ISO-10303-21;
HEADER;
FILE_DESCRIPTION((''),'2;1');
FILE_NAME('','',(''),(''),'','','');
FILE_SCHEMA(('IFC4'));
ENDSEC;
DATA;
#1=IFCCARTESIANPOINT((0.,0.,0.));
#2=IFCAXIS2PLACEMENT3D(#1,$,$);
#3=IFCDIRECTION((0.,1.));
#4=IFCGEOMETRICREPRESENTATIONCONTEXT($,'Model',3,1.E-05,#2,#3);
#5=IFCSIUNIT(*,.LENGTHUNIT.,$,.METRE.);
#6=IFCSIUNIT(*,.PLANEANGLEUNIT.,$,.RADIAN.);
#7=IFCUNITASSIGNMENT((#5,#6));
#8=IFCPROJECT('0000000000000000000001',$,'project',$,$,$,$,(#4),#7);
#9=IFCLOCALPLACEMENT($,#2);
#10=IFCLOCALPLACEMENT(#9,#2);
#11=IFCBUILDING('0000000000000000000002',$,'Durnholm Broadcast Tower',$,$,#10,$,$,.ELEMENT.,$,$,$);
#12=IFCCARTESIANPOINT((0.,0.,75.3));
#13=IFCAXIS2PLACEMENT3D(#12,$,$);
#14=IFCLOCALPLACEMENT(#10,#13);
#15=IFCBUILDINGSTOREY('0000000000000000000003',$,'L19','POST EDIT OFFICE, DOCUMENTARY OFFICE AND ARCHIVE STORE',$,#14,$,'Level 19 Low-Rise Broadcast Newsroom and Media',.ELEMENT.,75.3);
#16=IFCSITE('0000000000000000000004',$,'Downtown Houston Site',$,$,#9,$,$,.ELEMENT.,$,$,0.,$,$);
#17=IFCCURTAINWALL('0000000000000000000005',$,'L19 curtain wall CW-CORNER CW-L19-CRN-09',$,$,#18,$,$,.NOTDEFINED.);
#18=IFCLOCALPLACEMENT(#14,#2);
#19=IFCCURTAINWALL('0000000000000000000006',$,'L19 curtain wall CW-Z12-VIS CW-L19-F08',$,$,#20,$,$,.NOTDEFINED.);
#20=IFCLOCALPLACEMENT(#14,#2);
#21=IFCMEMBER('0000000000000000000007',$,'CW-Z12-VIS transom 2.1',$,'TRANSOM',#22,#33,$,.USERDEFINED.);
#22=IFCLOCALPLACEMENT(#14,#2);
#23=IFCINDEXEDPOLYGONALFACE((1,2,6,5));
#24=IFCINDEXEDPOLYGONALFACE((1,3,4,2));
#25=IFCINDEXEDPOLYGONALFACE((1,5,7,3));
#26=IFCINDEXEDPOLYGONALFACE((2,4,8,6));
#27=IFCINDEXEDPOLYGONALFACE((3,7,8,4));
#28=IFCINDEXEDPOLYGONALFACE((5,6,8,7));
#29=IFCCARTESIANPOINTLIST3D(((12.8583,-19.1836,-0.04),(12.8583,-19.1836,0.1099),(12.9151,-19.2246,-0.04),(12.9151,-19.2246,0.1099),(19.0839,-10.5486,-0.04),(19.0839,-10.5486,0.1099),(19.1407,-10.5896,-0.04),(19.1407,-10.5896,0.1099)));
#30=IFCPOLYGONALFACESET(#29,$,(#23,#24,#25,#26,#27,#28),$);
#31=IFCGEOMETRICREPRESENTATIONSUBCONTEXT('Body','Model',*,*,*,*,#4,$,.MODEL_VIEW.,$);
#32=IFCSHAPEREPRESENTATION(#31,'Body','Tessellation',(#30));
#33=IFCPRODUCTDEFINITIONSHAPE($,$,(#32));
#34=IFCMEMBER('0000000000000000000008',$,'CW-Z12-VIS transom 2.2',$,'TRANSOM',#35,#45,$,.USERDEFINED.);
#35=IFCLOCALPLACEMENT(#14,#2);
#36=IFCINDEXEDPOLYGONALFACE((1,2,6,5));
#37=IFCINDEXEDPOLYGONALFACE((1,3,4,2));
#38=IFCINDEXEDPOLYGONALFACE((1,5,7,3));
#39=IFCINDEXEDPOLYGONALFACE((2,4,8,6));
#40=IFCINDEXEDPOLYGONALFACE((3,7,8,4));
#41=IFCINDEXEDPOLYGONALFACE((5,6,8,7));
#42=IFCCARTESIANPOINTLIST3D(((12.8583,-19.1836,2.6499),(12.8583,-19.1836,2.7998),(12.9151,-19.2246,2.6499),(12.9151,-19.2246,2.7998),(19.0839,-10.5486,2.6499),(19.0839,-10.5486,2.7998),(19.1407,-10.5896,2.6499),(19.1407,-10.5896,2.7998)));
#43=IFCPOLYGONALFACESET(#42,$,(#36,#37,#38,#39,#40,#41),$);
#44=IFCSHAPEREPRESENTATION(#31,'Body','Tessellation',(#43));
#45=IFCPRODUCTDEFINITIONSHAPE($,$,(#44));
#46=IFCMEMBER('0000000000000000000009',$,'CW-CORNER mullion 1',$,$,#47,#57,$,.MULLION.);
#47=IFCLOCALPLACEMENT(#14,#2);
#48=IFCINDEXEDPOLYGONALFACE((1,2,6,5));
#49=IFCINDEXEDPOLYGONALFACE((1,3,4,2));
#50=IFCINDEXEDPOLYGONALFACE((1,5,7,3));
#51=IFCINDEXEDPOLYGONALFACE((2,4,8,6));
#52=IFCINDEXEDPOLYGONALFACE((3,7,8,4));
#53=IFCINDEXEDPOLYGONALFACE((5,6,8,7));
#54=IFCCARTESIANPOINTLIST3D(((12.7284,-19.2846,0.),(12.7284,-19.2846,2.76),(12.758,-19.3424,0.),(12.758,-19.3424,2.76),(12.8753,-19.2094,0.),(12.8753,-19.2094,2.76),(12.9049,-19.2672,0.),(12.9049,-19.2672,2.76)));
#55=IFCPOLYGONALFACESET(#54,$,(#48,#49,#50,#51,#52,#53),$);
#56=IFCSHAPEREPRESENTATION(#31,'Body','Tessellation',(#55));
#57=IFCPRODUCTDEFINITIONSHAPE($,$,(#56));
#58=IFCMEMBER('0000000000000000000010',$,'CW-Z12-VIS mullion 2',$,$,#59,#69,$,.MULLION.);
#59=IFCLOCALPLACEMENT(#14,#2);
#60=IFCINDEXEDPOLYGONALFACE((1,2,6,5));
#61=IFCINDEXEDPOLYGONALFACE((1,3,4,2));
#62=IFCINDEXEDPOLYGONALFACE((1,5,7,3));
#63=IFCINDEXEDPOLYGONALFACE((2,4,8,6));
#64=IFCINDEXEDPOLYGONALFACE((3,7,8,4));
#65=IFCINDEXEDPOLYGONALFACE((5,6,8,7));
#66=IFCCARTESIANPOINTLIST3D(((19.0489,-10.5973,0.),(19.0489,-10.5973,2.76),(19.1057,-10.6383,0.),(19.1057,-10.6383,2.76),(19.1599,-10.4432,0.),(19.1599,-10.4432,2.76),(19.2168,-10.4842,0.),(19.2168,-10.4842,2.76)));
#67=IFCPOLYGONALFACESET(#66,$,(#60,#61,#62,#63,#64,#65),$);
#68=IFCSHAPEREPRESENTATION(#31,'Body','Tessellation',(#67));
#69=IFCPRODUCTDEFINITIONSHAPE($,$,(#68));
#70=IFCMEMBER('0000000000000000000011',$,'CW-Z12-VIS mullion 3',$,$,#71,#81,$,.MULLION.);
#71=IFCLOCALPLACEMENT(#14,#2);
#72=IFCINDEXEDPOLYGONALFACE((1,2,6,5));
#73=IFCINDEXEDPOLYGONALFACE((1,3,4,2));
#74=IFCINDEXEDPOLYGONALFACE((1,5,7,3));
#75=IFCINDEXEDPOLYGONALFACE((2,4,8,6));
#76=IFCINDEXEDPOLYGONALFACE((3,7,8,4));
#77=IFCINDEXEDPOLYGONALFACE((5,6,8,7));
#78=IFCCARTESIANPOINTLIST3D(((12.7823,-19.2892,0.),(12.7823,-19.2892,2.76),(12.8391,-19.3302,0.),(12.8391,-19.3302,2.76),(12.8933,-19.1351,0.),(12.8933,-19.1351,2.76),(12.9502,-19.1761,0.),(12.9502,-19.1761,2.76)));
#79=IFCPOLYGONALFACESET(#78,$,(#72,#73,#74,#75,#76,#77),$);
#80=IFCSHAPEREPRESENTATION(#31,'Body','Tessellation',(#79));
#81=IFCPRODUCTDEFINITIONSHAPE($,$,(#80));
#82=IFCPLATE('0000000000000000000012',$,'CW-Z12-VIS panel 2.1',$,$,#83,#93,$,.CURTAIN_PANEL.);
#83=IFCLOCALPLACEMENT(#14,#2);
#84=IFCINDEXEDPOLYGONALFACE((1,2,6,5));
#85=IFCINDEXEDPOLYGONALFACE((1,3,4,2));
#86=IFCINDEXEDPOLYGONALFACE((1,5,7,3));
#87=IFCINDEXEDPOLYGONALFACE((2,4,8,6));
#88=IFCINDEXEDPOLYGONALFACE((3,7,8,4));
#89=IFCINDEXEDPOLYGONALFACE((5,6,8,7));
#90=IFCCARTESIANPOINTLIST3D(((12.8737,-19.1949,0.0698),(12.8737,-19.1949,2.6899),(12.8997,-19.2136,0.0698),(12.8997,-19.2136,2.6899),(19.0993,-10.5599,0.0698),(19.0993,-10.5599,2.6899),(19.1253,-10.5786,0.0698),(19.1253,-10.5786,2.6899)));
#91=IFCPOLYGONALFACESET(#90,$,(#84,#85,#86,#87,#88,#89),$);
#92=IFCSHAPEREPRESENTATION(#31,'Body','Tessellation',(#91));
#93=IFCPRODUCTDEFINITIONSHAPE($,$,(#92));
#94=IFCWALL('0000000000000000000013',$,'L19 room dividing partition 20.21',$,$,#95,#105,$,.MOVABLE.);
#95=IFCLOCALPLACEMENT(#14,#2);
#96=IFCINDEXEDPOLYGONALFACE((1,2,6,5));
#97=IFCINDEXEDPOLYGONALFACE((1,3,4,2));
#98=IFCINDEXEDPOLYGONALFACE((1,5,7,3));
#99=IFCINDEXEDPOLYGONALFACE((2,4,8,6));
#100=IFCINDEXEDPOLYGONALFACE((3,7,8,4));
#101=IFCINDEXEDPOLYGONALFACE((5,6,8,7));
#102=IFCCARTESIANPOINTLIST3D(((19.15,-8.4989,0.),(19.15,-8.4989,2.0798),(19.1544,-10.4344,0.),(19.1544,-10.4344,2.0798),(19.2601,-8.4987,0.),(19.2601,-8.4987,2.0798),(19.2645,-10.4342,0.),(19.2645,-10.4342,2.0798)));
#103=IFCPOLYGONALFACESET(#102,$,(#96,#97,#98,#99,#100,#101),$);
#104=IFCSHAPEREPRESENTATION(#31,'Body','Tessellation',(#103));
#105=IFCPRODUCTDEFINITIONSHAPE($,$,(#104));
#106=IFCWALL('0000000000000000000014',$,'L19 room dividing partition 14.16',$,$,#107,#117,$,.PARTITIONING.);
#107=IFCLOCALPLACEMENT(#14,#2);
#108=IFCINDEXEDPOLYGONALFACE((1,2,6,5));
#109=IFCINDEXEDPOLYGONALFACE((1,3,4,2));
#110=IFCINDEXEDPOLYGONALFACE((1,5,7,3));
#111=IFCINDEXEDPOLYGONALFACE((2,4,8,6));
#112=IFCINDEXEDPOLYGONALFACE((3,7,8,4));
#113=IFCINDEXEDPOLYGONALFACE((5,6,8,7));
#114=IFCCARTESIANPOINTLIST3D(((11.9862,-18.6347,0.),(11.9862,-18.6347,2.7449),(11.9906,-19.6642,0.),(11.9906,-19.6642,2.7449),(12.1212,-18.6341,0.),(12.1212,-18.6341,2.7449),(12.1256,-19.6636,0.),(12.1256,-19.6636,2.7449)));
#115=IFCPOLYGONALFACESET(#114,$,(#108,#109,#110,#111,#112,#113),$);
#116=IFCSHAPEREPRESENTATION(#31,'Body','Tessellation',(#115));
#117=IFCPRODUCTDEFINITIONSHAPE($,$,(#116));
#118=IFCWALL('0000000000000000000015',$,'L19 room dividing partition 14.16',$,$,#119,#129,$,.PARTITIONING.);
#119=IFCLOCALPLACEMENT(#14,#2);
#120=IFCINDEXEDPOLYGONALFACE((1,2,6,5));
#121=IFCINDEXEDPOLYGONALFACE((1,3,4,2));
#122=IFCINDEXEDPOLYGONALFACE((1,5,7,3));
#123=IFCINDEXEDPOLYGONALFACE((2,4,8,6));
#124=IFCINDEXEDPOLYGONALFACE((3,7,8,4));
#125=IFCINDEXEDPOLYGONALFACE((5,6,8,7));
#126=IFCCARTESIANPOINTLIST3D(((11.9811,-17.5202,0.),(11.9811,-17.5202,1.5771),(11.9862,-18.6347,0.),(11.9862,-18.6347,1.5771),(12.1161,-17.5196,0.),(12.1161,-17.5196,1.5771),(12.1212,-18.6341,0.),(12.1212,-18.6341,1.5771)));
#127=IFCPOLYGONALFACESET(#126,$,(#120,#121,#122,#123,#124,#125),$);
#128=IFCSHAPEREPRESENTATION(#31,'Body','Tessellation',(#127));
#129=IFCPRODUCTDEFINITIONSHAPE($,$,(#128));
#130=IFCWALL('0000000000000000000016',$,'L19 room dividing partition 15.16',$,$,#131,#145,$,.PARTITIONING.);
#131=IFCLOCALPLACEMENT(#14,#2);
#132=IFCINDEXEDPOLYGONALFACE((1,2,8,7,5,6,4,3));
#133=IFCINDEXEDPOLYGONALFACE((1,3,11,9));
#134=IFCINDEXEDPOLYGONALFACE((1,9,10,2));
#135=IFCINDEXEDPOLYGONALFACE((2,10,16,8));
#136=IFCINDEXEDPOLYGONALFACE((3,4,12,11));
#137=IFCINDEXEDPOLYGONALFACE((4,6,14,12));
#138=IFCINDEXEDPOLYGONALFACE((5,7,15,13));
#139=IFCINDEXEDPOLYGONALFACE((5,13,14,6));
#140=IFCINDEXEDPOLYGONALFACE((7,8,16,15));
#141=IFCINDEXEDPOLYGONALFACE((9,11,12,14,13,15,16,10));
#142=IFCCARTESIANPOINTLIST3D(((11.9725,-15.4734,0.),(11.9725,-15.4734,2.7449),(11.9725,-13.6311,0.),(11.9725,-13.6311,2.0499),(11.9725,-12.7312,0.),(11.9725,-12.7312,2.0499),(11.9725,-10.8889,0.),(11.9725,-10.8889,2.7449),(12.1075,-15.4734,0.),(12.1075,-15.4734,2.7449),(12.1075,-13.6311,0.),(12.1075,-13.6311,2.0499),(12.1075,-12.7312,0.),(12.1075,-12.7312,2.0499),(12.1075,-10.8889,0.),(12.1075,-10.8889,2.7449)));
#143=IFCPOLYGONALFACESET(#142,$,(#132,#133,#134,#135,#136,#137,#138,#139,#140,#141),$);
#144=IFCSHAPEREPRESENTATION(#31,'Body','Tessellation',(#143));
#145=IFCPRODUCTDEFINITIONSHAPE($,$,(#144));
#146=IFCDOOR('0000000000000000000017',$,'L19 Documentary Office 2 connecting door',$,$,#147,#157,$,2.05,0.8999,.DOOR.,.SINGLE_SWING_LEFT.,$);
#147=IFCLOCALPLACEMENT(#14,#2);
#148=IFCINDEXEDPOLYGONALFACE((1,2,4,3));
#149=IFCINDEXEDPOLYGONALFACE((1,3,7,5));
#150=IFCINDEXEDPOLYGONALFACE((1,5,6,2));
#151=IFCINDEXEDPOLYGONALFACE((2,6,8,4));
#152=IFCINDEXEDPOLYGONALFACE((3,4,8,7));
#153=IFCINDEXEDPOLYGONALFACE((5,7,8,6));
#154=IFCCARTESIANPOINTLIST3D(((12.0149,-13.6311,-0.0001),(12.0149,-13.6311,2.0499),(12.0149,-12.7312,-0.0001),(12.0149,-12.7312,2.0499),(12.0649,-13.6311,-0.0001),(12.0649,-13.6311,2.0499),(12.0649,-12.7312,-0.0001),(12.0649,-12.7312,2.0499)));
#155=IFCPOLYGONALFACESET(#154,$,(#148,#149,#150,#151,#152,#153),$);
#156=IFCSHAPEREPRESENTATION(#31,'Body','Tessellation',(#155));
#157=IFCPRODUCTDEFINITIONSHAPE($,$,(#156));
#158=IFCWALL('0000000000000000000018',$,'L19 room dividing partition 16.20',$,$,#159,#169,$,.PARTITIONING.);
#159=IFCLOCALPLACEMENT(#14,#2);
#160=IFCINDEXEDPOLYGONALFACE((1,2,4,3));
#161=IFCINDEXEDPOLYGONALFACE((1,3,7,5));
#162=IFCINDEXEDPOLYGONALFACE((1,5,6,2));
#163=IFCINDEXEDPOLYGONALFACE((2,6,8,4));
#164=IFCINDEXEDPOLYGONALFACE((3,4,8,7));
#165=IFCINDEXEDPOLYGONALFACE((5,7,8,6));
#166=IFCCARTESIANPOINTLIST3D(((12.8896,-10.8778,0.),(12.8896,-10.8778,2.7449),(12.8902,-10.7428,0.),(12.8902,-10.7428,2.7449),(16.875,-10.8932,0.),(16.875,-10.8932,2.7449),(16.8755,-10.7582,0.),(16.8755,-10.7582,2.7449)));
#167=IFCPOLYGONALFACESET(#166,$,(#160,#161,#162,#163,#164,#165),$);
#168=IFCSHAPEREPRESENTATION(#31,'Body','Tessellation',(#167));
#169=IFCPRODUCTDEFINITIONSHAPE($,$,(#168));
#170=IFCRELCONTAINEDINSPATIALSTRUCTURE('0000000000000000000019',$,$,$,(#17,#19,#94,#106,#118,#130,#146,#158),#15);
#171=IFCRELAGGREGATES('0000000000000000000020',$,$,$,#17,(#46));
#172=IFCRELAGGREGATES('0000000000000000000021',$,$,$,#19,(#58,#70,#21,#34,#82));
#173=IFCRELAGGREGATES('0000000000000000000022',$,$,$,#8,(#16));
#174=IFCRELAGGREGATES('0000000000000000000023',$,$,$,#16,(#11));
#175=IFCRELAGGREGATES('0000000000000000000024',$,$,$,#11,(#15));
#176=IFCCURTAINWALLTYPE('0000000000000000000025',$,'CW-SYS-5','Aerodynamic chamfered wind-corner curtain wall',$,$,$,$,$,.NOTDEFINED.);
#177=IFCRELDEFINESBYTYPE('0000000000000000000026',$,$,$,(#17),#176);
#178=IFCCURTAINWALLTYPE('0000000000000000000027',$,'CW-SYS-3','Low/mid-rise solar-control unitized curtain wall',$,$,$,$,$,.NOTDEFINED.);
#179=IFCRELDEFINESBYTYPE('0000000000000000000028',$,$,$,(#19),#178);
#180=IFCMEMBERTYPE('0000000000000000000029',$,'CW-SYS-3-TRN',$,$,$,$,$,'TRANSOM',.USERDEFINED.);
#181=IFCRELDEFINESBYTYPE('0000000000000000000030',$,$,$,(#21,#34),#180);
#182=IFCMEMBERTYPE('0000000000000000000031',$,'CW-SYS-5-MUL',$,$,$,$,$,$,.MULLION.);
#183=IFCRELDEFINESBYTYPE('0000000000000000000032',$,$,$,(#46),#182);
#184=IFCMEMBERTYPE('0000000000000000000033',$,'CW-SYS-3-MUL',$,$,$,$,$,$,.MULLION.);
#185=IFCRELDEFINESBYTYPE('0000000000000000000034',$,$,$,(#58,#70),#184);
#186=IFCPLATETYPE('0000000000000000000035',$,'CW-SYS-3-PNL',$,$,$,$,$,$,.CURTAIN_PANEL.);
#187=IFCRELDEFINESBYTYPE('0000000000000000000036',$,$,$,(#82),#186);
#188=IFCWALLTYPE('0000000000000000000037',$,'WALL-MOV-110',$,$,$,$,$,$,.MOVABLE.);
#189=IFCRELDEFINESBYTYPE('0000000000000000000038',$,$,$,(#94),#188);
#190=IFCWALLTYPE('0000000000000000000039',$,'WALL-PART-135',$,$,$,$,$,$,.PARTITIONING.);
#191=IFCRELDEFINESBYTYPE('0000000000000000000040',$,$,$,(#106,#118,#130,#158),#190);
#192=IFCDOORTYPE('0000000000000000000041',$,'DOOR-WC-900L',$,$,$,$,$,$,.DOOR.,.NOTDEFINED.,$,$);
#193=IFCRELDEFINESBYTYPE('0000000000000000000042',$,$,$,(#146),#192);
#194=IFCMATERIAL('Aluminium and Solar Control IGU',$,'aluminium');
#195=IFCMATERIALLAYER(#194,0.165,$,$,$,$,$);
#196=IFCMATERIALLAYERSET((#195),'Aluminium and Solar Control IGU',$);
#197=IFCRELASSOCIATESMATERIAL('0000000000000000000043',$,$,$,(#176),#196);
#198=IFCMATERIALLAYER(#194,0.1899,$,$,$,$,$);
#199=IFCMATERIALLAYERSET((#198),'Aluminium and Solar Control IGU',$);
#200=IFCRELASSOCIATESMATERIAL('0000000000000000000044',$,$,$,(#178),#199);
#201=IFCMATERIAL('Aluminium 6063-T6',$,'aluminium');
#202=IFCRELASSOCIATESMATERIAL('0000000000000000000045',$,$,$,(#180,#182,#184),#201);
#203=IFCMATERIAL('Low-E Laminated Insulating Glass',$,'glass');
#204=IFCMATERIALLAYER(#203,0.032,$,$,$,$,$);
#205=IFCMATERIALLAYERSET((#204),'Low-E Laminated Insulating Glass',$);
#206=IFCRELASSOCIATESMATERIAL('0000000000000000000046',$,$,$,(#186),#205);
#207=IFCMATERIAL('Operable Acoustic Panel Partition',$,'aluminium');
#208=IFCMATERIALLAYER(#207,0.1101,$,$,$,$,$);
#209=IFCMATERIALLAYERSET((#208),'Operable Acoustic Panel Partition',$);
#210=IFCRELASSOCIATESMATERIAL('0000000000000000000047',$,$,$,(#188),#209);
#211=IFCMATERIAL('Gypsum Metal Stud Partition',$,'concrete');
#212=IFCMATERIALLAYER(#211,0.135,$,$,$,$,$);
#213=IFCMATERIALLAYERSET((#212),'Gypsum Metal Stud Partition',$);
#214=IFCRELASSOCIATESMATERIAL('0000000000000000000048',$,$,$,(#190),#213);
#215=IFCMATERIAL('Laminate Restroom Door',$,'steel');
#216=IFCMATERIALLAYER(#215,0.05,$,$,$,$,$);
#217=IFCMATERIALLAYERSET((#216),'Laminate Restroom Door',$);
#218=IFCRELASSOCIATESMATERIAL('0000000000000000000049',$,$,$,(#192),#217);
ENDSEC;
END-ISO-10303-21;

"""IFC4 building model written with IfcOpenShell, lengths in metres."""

from ifc_helpers import new_model, si_unit, direction, frame, frame_2d, origin, origin_2d, place, context, subcontext, project, spatial, rectangle, extrude, source, transform, mapped, material, layer, layer_set, material_profile, profile_set, type_object, type_shapes, element, fill, aggregate, save


model = new_model("IFC4")

# Units and contexts
model_context = context("Model", 3, precision=1e-05, world=origin(), true_north=direction((0.0, 1.0)))
body_context = subcontext(model_context, "Body", "Model", "MODEL_VIEW")
ifc_project = project(units=[si_unit("LENGTHUNIT", "METRE"), si_unit("PLANEANGLEUNIT", "RADIAN")], contexts=[model_context])

# Site, building, storey
site_placement = place(None, origin())
site = spatial("IfcSite", under=ifc_project, at=site_placement, Name="Downtown Houston Site", CompositionType="ELEMENT", RefElevation=0.0)
building_placement = place(site_placement, origin())
building = spatial("IfcBuilding", under=site, at=building_placement, Name="Durnholm Broadcast Tower", CompositionType="ELEMENT")
storey_placement = place(building_placement, frame((0.0, 0.0, 75.3)))
storey = spatial("IfcBuildingStorey", under=building, at=storey_placement, Name="L19", Description="POST EDIT OFFICE, DOCUMENTARY OFFICE AND ARCHIVE STORE", LongName="Level 19 Low-Rise Broadcast Newsroom and Media", CompositionType="ELEMENT", Elevation=75.3)

# Curtain walls, members
ifc_material_1 = material(Name="Aluminium and Solar Control IGU", Category="aluminium")
ifc_layer_1 = layer(ifc_material_1, 0.165)
ifc_layer_set_1 = layer_set([ifc_layer_1], Name="Aluminium and Solar Control IGU")
curtain_wall_type_1 = type_object("IfcCurtainWallType", Name="CW-SYS-5", Description="Aerodynamic chamfered wind-corner curtain wall", PredefinedType="NOTDEFINED", material=ifc_layer_set_1)
curtain_wall_1_placement = place(storey_placement, origin())
curtain_wall_1 = element("IfcCurtainWall", 1, at=curtain_wall_1_placement, inside=storey, type_object=curtain_wall_type_1, Name="L19 curtain wall CW-CORNER CW-L19-CRN-09", PredefinedType="NOTDEFINED")
ifc_material_2 = material(Name="Aluminium 6063-T6", Category="aluminium")
ifc_layer_2 = layer(ifc_material_1, 0.1899)
ifc_layer_set_2 = layer_set([ifc_layer_2], Name="Aluminium and Solar Control IGU")
curtain_wall_type_2 = type_object("IfcCurtainWallType", Name="CW-SYS-3", Description="Low/mid-rise solar-control unitized curtain wall", PredefinedType="NOTDEFINED", material=ifc_layer_set_2)
curtain_wall_2_placement = place(storey_placement, origin())
curtain_wall_2 = element("IfcCurtainWall", 2, at=curtain_wall_2_placement, inside=storey, type_object=curtain_wall_type_2, Name="L19 curtain wall CW-Z12-VIS CW-L19-F08", PredefinedType="NOTDEFINED")
ifc_material_profile_1 = material_profile(ifc_material_2, rectangle(XDim=0.0701, YDim=0.1499, at=origin_2d()), Name="CWT70X150")
ifc_profile_set_1 = profile_set([ifc_material_profile_1], Name="Aluminium 6063-T6")
member_type_1 = type_object("IfcMemberType", Name="CW-SYS-3-TRN", ElementType="TRANSOM", PredefinedType="USERDEFINED", material=ifc_profile_set_1)
shared_shape_1 = source(origin(), body_context, "Body", "SweptSolid", [
    extrude(rectangle(XDim=0.0701, YDim=0.1499, at=origin_2d()), origin(), (0.0, 0.0, 1.0), 10.6453),
])
type_shapes(member_type_1, [shared_shape_1])
member_1_placement = place(storey_placement, frame((19.1123, -10.5691, 0.0349), z_axis=(-0.584823, -0.811161, 0.0), x_axis=(0.811161, -0.584823, 0.0)))
member_1 = element("IfcMember", 3, at=member_1_placement, type_object=member_type_1, Name="CW-Z12-VIS transom 2.1", ObjectType="TRANSOM", PredefinedType="USERDEFINED", context=body_context, shape_type="MappedRepresentation", body=[
    mapped(shared_shape_1, transform((0.0, 0.0, 0.0), x_axis=(1.0, 0.0, 0.0), y_axis=(0.0, 1.0, 0.0), z_axis=(0.0, 0.0, 1.0), scale=1.0)),
])
member_2_placement = place(storey_placement, frame((19.1123, -10.5691, 2.7249), z_axis=(-0.584823, -0.811161, 0.0), x_axis=(0.811161, -0.584823, 0.0)))
member_2 = element("IfcMember", 4, at=member_2_placement, type_object=member_type_1, Name="CW-Z12-VIS transom 2.2", ObjectType="TRANSOM", PredefinedType="USERDEFINED", context=body_context, shape_type="MappedRepresentation", body=[
    mapped(shared_shape_1, transform((0.0, 0.0, 0.0), x_axis=(1.0, 0.0, 0.0), y_axis=(0.0, 1.0, 0.0), z_axis=(0.0, 0.0, 1.0), scale=1.0)),
])

# Members
ifc_material_profile_2 = material_profile(ifc_material_2, rectangle(XDim=0.0649, YDim=0.165, at=origin_2d()), Name="CWM65X165")
ifc_profile_set_2 = profile_set([ifc_material_profile_2], Name="Aluminium 6063-T6")
member_type_2 = type_object("IfcMemberType", Name="CW-SYS-5-MUL", PredefinedType="MULLION", material=ifc_profile_set_2)
shared_shape_2 = source(origin(), body_context, "Body", "SweptSolid", [
    extrude(rectangle(XDim=0.0649, YDim=0.165, at=origin_2d()), origin(), (0.0, 0.0, 1.0), 2.76),
])
type_shapes(member_type_2, [shared_shape_2])
member_3_placement = place(storey_placement, frame((12.8167, -19.2759, 0.0), z_axis=(0.0, 0.0, 1.0), x_axis=(0.455594, -0.890188, 0.0)))
member_3 = element("IfcMember", 5, at=member_3_placement, type_object=member_type_2, Name="CW-CORNER mullion 1", PredefinedType="MULLION", context=body_context, shape_type="MappedRepresentation", body=[
    mapped(shared_shape_2, transform((0.0, 0.0, 0.0), x_axis=(1.0, 0.0, 0.0), y_axis=(0.0, 1.0, 0.0), z_axis=(0.0, 0.0, 1.0), scale=1.0)),
])
aggregate(curtain_wall_1, [member_3])
ifc_material_profile_3 = material_profile(ifc_material_2, rectangle(XDim=0.0701, YDim=0.1899, at=origin_2d()), Name="CWM70X190")
ifc_profile_set_3 = profile_set([ifc_material_profile_3], Name="Aluminium 6063-T6")
member_type_3 = type_object("IfcMemberType", Name="CW-SYS-3-MUL", PredefinedType="MULLION", material=ifc_profile_set_3)
shared_shape_3 = source(origin(), body_context, "Body", "SweptSolid", [
    extrude(rectangle(XDim=0.0701, YDim=0.1899, at=origin_2d()), origin(), (0.0, 0.0, 1.0), 2.76),
])
type_shapes(member_type_3, [shared_shape_3])
member_4_placement = place(storey_placement, frame((19.1328, -10.5408, 0.0), z_axis=(0.0, 0.0, 1.0), x_axis=(0.811161, -0.584823, 0.0)))
member_4 = element("IfcMember", 6, at=member_4_placement, type_object=member_type_3, Name="CW-Z12-VIS mullion 2", PredefinedType="MULLION", context=body_context, shape_type="MappedRepresentation", body=[
    mapped(shared_shape_3, transform((0.0, 0.0, 0.0), x_axis=(1.0, 0.0, 0.0), y_axis=(0.0, 1.0, 0.0), z_axis=(0.0, 0.0, 1.0), scale=1.0)),
])
member_5_placement = place(storey_placement, frame((12.8662, -19.2327, 0.0), z_axis=(0.0, 0.0, 1.0), x_axis=(0.811161, -0.584823, 0.0)))
member_5 = element("IfcMember", 7, at=member_5_placement, type_object=member_type_3, Name="CW-Z12-VIS mullion 3", PredefinedType="MULLION", context=body_context, shape_type="MappedRepresentation", body=[
    mapped(shared_shape_3, transform((0.0, 0.0, 0.0), x_axis=(1.0, 0.0, 0.0), y_axis=(0.0, 1.0, 0.0), z_axis=(0.0, 0.0, 1.0), scale=1.0)),
])

# Plate
ifc_material_3 = material(Name="Low-E Laminated Insulating Glass", Category="glass")
ifc_layer_3 = layer(ifc_material_3, 0.032)
ifc_layer_set_3 = layer_set([ifc_layer_3], Name="Low-E Laminated Insulating Glass")
plate_type = type_object("IfcPlateType", Name="CW-SYS-3-PNL", PredefinedType="CURTAIN_PANEL", material=ifc_layer_set_3)
shared_shape_4 = source(origin(), body_context, "Body", "SweptSolid", [
    extrude(rectangle(XDim=10.6453, YDim=0.032, at=origin_2d()), origin(), (0.0, 0.0, 1.0), 2.6201),
])
type_shapes(plate_type, [shared_shape_4])
plate_placement = place(storey_placement, frame((15.9995, -14.8867, 0.0698), z_axis=(0.0, 0.0, 1.0), x_axis=(-0.584823, -0.811161, 0.0)))
plate = element("IfcPlate", 8, at=plate_placement, type_object=plate_type, Name="CW-Z12-VIS panel 2.1", PredefinedType="CURTAIN_PANEL", context=body_context, shape_type="MappedRepresentation", body=[
    mapped(shared_shape_4, transform((0.0, 0.0, 0.0), x_axis=(1.0, 0.0, 0.0), y_axis=(0.0, 1.0, 0.0), z_axis=(0.0, 0.0, 1.0), scale=1.0)),
])
aggregate(curtain_wall_2, [member_4, member_5, member_1, member_2, plate])

# Walls
ifc_material_4 = material(Name="Operable Acoustic Panel Partition", Category="aluminium")
ifc_layer_4 = layer(ifc_material_4, 0.1101)
ifc_layer_set_4 = layer_set([ifc_layer_4], Name="Operable Acoustic Panel Partition")
wall_type_1 = type_object("IfcWallType", Name="WALL-MOV-110", PredefinedType="MOVABLE", material=ifc_layer_set_4)
wall_1_placement = place(storey_placement, frame((19.2051, -8.4988, 0.0), z_axis=(0.0, 0.0, 1.0), x_axis=(0.00227, -0.999997, 0.0)))
element("IfcWall", 9, at=wall_1_placement, inside=storey, type_object=wall_type_1, Name="L19 room dividing partition 20.21", PredefinedType="MOVABLE", context=body_context, shape_type="SweptSolid", body=[
    extrude(rectangle(XDim=1.9355, YDim=0.1101, at=frame_2d((0.9678, 0.0))), origin(), (0.0, 0.0, 1.0), 2.0798),
])
ifc_material_5 = material(Name="Gypsum Metal Stud Partition", Category="concrete")
ifc_layer_5 = layer(ifc_material_5, 0.135)
ifc_layer_set_5 = layer_set([ifc_layer_5], Name="Gypsum Metal Stud Partition")
wall_type_2 = type_object("IfcWallType", Name="WALL-PART-135", PredefinedType="PARTITIONING", material=ifc_layer_set_5)
wall_2_placement = place(storey_placement, frame((12.0537, -18.6345, 0.0), z_axis=(0.0, 0.0, 1.0), x_axis=(0.004268, -0.999991, 0.0)))
element("IfcWall", 10, at=wall_2_placement, inside=storey, type_object=wall_type_2, Name="L19 room dividing partition 14.16", PredefinedType="PARTITIONING", context=body_context, shape_type="SweptSolid", body=[
    extrude(rectangle(XDim=1.0295, YDim=0.135, at=frame_2d((0.5146, 0.0))), origin(), (0.0, 0.0, 1.0), 2.7449),
])
wall_3_placement = place(storey_placement, frame((12.0486, -17.52, 0.0), z_axis=(0.0, 0.0, 1.0), x_axis=(0.0046, -0.999989, 0.0)))
element("IfcWall", 11, at=wall_3_placement, inside=storey, type_object=wall_type_2, Name="L19 room dividing partition 14.16", PredefinedType="PARTITIONING", context=body_context, shape_type="SweptSolid", body=[
    extrude(rectangle(XDim=1.1145, YDim=0.135, at=frame_2d((0.5571, 0.0))), origin(), (0.0, 0.0, 1.0), 1.5771),
])

# Wall, opening, door
wall_4_placement = place(storey_placement, frame((12.04, -10.8889, 0.0), z_axis=(0.0, 0.0, 1.0), x_axis=(0.0, -1.0, 0.0)))
wall_4 = element("IfcWall", 12, at=wall_4_placement, inside=storey, type_object=wall_type_2, Name="L19 room dividing partition 15.16", PredefinedType="PARTITIONING", context=body_context, shape_type="SweptSolid", body=[
    extrude(rectangle(XDim=4.5845, YDim=0.135, at=frame_2d((2.2922, 0.0))), origin(), (0.0, 0.0, 1.0), 2.7449),
])
opening_1_placement = place(wall_4_placement, frame((1.8423, 0.0, 0.0)))
opening_1 = element("IfcOpeningElement", 13, at=opening_1_placement, cuts=wall_4, PredefinedType="OPENING", context=body_context, shape_type="SweptSolid", body=[
    extrude(rectangle(XDim=0.8999, YDim=2.05, at=frame_2d((0.45, 1.0249))), frame((0.0, 0.0776, 0.0), z_axis=(0.0, -1.0, 0.0), x_axis=(1.0, 0.0, 0.0)), (0.0, 0.0, 1.0), 0.155),
])
ifc_material_6 = material(Name="Laminate Restroom Door", Category="steel")
ifc_layer_6 = layer(ifc_material_6, 0.05)
ifc_layer_set_6 = layer_set([ifc_layer_6], Name="Laminate Restroom Door")
door_type_1 = type_object("IfcDoorType", Name="DOOR-WC-900L", OperationType="NOTDEFINED", PredefinedType="DOOR", material=ifc_layer_set_6)
shared_shape_5 = source(origin(), body_context, "Body", "SweptSolid", [
    extrude(rectangle(XDim=0.8999, YDim=2.05, at=frame_2d((0.45, 1.0249))), frame((0.0, 0.0249, 0.0), z_axis=(0.0, -1.0, 0.0), x_axis=(1.0, 0.0, 0.0)), (0.0, 0.0, 1.0), 0.05),
])
type_shapes(door_type_1, [shared_shape_5])
door_1_placement = place(opening_1_placement, origin())
door_1 = element("IfcDoor", 14, at=door_1_placement, inside=storey, type_object=door_type_1, Name="L19 Documentary Office 2 connecting door", OperationType="SINGLE_SWING_LEFT", OverallHeight=2.05, OverallWidth=0.8999, PredefinedType="DOOR", context=body_context, shape_type="MappedRepresentation", body=[
    mapped(shared_shape_5, transform((0.0, 0.0, 0.0), x_axis=(1.0, 0.0, 0.0), y_axis=(0.0, 1.0, 0.0), z_axis=(0.0, 0.0, 1.0), scale=1.0)),
])
fill(opening_1, door_1)

# Wall
wall_5_placement = place(storey_placement, frame((12.8899, -10.8103, 0.0), z_axis=(0.0, 0.0, 1.0), x_axis=(0.999993, -0.003859, 0.0)))
element("IfcWall", 15, at=wall_5_placement, inside=storey, type_object=wall_type_2, Name="L19 room dividing partition 16.20", PredefinedType="PARTITIONING", context=body_context, shape_type="SweptSolid", body=[
    extrude(rectangle(XDim=3.9854, YDim=0.135, at=frame_2d((1.9927, 0.0))), origin(), (0.0, 0.0, 1.0), 2.7449),
])

save(model, "model.ifc")
